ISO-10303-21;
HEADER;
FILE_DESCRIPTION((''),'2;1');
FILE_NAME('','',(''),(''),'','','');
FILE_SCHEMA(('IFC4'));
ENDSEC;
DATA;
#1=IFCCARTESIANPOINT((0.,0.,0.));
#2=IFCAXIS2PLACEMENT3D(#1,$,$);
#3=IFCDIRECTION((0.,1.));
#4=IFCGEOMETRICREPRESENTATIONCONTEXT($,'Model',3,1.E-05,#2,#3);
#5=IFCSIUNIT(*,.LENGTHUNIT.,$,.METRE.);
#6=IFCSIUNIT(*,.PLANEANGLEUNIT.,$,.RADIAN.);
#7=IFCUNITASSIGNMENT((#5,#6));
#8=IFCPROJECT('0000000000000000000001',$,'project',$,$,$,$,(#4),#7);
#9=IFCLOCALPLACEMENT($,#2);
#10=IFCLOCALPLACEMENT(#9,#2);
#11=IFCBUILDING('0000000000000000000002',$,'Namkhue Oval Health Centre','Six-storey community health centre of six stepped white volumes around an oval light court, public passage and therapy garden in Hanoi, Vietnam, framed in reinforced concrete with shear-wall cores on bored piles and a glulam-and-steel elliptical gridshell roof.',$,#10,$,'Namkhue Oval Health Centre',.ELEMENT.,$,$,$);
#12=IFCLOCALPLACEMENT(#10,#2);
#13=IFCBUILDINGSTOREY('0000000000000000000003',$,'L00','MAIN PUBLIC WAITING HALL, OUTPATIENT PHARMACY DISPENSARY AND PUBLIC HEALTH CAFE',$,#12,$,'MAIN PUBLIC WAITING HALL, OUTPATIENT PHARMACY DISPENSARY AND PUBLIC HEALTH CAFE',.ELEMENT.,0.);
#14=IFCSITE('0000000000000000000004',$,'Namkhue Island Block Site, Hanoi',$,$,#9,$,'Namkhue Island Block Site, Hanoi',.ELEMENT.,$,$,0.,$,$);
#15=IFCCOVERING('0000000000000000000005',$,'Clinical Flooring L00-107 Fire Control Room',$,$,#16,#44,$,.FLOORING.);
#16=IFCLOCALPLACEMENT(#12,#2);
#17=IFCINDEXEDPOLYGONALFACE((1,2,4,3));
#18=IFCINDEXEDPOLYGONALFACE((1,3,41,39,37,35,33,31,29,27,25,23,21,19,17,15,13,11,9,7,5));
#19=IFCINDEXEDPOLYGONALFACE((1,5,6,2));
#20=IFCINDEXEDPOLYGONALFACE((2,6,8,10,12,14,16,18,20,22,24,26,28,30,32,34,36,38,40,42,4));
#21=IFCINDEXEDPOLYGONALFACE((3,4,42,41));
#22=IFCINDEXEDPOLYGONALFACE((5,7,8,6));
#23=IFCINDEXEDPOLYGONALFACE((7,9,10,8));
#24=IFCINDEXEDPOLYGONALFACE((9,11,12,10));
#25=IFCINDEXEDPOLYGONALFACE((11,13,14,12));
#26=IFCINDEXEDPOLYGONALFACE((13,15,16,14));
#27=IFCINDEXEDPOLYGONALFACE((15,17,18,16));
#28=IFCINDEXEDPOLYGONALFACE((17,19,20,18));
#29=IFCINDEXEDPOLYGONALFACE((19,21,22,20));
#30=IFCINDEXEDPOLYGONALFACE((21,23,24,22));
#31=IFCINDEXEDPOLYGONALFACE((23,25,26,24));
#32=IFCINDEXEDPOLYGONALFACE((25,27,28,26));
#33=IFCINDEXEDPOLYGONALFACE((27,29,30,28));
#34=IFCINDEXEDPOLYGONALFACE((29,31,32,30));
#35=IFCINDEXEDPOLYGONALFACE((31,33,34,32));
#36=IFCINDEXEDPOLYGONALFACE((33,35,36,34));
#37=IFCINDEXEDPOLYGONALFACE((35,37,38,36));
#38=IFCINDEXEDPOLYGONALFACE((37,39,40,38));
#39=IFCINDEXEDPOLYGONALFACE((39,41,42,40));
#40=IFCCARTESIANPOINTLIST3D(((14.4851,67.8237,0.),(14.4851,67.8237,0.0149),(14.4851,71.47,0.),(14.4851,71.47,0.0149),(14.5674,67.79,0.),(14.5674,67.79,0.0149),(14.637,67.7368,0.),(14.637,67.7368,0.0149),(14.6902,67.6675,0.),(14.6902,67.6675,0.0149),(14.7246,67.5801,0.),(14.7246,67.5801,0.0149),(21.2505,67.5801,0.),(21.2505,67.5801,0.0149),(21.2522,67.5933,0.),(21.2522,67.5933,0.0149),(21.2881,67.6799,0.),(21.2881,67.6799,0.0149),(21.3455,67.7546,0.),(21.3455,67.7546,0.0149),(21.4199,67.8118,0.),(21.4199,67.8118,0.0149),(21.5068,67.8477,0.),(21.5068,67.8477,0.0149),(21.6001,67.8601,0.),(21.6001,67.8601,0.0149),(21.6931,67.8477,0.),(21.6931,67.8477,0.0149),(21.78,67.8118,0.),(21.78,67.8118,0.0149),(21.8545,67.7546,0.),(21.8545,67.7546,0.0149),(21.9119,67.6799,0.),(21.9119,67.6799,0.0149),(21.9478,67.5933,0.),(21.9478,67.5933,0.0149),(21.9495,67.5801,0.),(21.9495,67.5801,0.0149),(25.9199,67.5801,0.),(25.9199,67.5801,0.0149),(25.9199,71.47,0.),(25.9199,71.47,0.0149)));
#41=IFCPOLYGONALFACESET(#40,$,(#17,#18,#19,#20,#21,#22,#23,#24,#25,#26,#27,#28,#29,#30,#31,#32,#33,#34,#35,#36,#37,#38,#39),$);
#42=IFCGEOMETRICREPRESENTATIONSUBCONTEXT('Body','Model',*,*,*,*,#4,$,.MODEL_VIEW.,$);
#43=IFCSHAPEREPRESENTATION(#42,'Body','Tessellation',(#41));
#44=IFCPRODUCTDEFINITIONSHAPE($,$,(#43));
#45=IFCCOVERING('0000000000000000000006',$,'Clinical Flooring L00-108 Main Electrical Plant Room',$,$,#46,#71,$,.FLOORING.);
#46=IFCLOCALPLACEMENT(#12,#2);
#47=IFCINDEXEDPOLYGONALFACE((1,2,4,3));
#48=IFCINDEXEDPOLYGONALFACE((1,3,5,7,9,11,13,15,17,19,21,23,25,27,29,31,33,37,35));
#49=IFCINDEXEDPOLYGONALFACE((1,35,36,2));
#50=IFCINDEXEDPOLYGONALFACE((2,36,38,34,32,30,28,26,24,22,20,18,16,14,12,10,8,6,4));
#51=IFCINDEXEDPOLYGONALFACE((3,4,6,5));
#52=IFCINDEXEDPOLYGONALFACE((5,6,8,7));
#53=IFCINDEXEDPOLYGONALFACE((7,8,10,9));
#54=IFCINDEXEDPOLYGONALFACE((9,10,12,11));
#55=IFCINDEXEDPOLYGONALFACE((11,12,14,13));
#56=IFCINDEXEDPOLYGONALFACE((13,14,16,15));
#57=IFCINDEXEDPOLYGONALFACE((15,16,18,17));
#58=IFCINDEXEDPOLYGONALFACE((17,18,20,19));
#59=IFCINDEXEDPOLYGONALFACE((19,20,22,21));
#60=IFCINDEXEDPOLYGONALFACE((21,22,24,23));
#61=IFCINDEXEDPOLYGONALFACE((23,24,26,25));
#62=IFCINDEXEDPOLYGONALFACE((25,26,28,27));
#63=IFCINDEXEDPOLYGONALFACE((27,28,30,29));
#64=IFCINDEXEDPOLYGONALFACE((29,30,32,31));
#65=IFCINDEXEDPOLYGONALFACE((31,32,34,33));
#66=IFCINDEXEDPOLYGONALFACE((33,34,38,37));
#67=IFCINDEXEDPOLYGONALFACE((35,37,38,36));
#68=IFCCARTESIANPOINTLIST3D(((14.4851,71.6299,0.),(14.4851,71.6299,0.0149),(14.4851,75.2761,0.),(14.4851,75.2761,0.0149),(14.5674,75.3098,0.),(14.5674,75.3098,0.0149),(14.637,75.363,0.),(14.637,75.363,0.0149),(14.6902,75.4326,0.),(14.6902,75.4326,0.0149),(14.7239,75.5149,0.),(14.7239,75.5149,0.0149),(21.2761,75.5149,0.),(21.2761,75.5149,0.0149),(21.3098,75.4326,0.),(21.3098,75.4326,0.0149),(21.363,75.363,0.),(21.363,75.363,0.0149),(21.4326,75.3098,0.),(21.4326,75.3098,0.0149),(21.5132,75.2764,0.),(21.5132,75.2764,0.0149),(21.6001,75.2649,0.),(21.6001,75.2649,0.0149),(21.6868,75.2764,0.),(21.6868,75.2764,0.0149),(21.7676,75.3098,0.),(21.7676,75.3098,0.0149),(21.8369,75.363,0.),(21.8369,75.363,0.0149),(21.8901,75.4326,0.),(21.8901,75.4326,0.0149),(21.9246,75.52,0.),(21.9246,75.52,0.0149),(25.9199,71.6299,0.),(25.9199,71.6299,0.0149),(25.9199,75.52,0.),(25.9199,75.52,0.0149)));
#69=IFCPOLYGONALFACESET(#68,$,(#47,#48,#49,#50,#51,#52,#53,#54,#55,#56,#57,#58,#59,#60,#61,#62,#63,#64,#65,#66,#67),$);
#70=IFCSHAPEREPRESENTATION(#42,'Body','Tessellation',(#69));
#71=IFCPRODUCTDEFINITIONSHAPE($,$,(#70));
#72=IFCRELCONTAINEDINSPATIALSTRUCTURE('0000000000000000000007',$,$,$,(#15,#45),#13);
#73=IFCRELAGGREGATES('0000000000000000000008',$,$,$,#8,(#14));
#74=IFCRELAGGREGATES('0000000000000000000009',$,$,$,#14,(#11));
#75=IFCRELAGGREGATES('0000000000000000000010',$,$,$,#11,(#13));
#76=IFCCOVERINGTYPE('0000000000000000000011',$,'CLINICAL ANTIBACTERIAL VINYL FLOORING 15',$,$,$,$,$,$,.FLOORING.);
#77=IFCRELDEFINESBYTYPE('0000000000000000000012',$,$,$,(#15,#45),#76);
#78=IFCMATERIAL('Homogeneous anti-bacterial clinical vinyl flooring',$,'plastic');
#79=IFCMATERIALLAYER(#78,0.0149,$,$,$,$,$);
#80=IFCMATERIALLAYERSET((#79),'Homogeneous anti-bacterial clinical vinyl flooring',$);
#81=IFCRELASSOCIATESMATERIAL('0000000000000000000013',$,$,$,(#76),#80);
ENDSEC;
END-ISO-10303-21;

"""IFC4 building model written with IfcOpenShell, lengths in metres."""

from ifc_helpers import new_model, si_unit, direction, origin, place, context, subcontext, project, spatial, polyline, outline, extrude, material, layer, layer_set, type_object, element, save


model = new_model("IFC4")

# Units and contexts
model_context = context("Model", 3, precision=1e-05, world=origin(), true_north=direction((0.0, 1.0)))
body_context = subcontext(model_context, "Body", "Model", "MODEL_VIEW")
ifc_project = project(units=[si_unit("LENGTHUNIT", "METRE"), si_unit("PLANEANGLEUNIT", "RADIAN")], contexts=[model_context])

# Site, building, storey
site_placement = place(None, origin())
site = spatial("IfcSite", under=ifc_project, at=site_placement, Name="Namkhue Island Block Site, Hanoi", LongName="Namkhue Island Block Site, Hanoi", CompositionType="ELEMENT", RefElevation=0.0)
building_placement = place(site_placement, origin())
building = spatial("IfcBuilding", under=site, at=building_placement, Name="Namkhue Oval Health Centre", Description="Six-storey community health centre of six stepped white volumes around an oval light court, public passage and therapy garden in Hanoi, Vietnam, framed in reinforced concrete with shear-wall cores on bored piles and a glulam-and-steel elliptical gridshell roof.", LongName="Namkhue Oval Health Centre", CompositionType="ELEMENT")
storey_placement = place(building_placement, origin())
storey = spatial("IfcBuildingStorey", under=building, at=storey_placement, Name="L00", Description="MAIN PUBLIC WAITING HALL, OUTPATIENT PHARMACY DISPENSARY AND PUBLIC HEALTH CAFE", LongName="MAIN PUBLIC WAITING HALL, OUTPATIENT PHARMACY DISPENSARY AND PUBLIC HEALTH CAFE", CompositionType="ELEMENT", Elevation=0.0)

# Coverings
ifc_material_1 = material(Name="Homogeneous anti-bacterial clinical vinyl flooring", Category="plastic")
ifc_layer_1 = layer(ifc_material_1, 0.0149)
ifc_layer_set_1 = layer_set([ifc_layer_1], Name="Homogeneous anti-bacterial clinical vinyl flooring")
covering_type = type_object("IfcCoveringType", Name="CLINICAL ANTIBACTERIAL VINYL FLOORING 15", PredefinedType="FLOORING", material=ifc_layer_set_1)
covering_1_placement = place(storey_placement, origin())
element("IfcCovering", 1, at=covering_1_placement, inside=storey, type_object=covering_type, Name="Clinical Flooring L00-107 Fire Control Room", PredefinedType="FLOORING", context=body_context, shape_type="SweptSolid", body=[
    extrude(outline(polyline([(21.9495, 67.5801), (21.9478, 67.5933), (21.9119, 67.6799), (21.8545, 67.7546), (21.78, 67.8118), (21.6931, 67.8477), (21.6001, 67.8601), (21.5068, 67.8477), (21.4199, 67.8118), (21.3455, 67.7546), (21.2881, 67.6799), (21.2522, 67.5933), (21.2505, 67.5801), (14.7246, 67.5801), (14.6902, 67.6675), (14.637, 67.7368), (14.5674, 67.79), (14.4851, 67.8237), (14.4851, 71.47), (25.9199, 71.47), (25.9199, 67.5801), (21.9495, 67.5801)])), origin(), (0.0, 0.0, 1.0), 0.0149),
])
covering_2_placement = place(storey_placement, origin())
element("IfcCovering", 2, at=covering_2_placement, inside=storey, type_object=covering_type, Name="Clinical Flooring L00-108 Main Electrical Plant Room", PredefinedType="FLOORING", context=body_context, shape_type="SweptSolid", body=[
    extrude(outline(polyline([(14.4851, 71.6299), (14.4851, 75.2761), (14.5674, 75.3098), (14.637, 75.363), (14.6902, 75.4326), (14.7239, 75.5149), (21.2761, 75.5149), (21.3098, 75.4326), (21.363, 75.363), (21.4326, 75.3098), (21.5132, 75.2764), (21.6001, 75.2649), (21.6868, 75.2764), (21.7676, 75.3098), (21.8369, 75.363), (21.8901, 75.4326), (21.9246, 75.52), (25.9199, 75.52), (25.9199, 71.6299), (14.4851, 71.6299)])), origin(), (0.0, 0.0, 1.0), 0.0149),
])

save(model, "model.ifc")
